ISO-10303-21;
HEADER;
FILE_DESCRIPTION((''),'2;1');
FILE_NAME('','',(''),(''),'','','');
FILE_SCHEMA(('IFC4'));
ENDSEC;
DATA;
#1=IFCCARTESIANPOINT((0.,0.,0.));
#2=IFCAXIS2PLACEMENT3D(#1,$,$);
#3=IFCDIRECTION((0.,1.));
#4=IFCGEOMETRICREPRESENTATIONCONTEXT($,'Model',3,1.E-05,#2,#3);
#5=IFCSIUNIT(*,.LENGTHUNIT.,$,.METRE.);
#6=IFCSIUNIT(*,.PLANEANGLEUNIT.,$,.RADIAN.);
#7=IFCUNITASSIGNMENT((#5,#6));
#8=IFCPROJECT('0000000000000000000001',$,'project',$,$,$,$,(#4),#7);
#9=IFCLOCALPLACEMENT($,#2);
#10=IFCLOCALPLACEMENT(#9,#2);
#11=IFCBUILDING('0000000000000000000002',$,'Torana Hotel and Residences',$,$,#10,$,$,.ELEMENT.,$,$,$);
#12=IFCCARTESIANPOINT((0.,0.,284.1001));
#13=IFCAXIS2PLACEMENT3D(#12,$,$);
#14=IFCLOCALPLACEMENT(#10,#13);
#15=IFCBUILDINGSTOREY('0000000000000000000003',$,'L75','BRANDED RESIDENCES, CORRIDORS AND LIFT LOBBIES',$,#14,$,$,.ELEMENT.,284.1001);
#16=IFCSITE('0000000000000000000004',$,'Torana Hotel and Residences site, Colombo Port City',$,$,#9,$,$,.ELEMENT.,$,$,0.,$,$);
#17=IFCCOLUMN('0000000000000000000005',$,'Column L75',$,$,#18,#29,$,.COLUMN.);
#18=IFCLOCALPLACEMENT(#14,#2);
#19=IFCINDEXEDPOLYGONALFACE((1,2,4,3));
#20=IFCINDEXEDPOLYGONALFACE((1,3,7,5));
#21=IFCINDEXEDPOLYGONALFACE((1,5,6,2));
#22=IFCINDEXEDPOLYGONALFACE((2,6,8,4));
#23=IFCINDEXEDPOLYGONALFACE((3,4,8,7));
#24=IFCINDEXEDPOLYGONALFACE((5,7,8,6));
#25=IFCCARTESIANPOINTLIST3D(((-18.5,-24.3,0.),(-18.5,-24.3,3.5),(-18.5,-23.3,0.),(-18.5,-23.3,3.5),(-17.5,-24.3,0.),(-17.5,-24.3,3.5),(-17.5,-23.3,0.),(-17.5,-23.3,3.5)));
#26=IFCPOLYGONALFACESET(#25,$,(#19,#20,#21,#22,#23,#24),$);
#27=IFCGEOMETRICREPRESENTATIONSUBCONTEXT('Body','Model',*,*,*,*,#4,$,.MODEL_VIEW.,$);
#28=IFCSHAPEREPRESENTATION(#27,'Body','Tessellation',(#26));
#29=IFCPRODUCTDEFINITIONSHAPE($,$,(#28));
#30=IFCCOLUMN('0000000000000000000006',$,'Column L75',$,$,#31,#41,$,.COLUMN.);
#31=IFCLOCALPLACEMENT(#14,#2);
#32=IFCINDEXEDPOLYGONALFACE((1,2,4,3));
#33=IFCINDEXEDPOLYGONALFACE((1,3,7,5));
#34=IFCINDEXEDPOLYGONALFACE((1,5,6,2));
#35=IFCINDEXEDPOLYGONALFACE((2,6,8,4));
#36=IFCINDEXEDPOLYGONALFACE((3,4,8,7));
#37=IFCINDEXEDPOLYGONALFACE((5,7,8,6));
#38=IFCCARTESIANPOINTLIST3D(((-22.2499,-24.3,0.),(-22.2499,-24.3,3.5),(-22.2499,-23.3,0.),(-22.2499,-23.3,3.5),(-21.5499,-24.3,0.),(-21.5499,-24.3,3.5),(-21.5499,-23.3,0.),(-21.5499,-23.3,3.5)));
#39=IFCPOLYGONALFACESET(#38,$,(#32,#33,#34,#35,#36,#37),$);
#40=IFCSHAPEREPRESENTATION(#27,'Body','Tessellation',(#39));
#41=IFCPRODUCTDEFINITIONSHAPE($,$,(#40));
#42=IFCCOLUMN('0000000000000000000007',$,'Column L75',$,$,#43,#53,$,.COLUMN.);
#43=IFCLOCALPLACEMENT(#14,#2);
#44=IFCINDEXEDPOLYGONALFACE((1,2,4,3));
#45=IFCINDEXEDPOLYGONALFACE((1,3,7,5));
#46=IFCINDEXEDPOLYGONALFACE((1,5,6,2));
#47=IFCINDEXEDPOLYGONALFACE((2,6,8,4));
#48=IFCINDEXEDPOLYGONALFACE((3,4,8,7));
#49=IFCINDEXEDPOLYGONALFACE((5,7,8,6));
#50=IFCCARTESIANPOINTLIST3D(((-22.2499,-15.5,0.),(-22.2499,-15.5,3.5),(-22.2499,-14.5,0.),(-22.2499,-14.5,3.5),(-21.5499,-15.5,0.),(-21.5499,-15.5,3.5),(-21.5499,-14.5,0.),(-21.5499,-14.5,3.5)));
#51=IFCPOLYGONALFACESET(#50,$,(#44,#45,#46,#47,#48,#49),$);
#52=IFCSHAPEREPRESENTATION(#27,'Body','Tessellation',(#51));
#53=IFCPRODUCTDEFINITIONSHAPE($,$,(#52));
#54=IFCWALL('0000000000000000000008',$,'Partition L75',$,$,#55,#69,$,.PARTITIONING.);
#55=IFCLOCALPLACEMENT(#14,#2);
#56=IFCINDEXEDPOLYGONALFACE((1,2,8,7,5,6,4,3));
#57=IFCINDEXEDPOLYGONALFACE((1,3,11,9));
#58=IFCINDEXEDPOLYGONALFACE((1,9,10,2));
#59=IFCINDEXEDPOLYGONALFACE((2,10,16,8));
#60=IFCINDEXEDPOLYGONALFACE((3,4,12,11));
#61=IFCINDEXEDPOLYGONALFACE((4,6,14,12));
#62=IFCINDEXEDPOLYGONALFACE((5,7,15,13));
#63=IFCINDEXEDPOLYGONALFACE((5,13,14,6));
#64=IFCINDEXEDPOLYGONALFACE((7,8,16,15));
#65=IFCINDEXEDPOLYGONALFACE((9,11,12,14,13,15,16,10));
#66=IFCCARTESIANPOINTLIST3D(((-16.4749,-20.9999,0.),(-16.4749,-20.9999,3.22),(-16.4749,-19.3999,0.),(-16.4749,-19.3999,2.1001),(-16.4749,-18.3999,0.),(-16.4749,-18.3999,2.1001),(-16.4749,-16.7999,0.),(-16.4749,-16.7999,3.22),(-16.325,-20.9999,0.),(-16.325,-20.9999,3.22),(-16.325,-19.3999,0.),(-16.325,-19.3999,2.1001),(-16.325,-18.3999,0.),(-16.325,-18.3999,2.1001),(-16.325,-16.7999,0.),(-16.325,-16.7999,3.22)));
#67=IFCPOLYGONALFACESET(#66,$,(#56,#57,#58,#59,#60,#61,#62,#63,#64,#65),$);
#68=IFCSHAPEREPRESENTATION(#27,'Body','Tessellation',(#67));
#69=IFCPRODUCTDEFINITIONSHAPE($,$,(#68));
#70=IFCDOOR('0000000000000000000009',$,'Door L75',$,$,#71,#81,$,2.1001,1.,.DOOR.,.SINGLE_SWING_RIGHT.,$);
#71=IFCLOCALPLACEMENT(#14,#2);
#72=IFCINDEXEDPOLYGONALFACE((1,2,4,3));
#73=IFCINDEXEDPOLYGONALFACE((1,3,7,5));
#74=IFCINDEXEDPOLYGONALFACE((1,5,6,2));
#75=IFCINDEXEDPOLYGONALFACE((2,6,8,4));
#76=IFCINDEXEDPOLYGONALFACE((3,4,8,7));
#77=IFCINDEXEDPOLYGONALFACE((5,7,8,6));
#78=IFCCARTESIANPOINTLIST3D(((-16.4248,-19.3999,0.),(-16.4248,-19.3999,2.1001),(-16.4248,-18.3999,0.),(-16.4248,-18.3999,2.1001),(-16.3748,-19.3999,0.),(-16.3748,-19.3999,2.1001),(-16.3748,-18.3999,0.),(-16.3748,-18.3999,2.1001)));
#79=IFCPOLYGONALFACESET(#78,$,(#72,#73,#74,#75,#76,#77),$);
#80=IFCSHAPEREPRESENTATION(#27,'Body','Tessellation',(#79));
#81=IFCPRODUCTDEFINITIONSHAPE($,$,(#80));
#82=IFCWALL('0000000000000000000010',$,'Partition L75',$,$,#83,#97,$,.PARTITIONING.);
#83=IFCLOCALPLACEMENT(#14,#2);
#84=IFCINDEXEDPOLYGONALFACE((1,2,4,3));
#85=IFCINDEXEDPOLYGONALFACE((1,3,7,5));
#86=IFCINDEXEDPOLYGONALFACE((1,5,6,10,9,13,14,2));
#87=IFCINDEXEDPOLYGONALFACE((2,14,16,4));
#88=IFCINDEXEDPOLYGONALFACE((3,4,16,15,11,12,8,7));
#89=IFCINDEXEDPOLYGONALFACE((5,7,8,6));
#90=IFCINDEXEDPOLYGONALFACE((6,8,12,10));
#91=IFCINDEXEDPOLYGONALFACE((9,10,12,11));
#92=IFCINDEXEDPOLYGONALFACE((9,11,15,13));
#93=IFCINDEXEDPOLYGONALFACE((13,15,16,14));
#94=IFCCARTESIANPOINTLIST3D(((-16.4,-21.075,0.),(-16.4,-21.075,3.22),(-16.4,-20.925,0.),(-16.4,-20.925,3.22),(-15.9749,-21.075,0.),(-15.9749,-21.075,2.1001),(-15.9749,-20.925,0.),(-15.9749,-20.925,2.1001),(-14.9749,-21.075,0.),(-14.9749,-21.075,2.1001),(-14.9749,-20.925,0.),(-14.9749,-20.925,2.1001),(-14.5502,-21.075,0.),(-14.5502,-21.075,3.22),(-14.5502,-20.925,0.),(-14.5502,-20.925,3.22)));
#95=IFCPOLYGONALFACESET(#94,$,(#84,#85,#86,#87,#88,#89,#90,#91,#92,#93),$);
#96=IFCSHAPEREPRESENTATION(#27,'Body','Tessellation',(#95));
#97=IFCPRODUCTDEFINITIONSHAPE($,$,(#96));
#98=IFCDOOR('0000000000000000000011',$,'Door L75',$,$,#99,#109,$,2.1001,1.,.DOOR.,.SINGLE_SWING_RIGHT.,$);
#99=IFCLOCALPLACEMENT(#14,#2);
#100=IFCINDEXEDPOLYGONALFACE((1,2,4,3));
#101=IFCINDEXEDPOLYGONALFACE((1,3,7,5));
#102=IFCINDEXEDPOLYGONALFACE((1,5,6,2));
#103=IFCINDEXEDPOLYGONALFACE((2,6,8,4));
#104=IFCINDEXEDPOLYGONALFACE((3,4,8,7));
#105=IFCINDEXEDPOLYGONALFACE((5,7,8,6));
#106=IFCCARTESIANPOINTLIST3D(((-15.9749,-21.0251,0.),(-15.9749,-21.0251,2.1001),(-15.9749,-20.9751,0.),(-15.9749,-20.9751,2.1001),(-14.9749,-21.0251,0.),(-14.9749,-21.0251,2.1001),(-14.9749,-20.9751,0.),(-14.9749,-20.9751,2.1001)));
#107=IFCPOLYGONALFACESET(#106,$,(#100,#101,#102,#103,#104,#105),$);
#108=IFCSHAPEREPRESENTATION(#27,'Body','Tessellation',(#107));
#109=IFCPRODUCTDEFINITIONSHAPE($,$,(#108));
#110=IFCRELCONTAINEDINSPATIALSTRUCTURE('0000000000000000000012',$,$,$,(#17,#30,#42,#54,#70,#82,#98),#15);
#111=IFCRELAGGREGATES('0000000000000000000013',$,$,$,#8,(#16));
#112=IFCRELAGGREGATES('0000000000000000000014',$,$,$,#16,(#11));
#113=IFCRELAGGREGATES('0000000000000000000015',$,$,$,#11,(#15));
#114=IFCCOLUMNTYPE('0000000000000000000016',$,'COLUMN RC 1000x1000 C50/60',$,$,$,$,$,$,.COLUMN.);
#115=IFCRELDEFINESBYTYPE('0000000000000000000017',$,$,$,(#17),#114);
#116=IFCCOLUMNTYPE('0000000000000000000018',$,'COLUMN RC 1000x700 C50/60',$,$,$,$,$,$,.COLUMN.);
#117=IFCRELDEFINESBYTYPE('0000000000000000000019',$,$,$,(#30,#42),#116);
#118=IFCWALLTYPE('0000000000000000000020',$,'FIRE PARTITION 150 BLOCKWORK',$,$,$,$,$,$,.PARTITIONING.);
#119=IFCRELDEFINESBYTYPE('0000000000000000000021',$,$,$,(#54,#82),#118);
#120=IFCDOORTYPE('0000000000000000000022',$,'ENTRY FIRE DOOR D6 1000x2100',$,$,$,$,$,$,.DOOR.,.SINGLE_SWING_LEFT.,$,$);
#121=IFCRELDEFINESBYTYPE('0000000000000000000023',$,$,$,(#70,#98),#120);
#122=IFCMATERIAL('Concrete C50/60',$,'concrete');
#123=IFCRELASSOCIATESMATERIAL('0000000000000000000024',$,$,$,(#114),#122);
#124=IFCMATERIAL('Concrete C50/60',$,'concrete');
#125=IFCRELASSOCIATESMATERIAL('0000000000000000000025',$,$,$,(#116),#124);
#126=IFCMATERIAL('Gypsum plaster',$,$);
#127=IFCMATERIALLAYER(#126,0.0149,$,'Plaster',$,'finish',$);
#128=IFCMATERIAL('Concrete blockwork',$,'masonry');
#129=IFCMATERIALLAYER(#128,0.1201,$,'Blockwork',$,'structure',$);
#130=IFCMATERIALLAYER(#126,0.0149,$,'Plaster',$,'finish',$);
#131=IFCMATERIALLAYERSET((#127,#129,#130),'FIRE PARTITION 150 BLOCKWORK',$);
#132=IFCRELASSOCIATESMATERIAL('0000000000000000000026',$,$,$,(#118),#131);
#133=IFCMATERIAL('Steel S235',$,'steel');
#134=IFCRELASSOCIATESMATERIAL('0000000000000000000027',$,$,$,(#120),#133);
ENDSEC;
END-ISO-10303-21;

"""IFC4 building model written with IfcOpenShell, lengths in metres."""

from ifc_helpers import new_model, si_unit, direction, frame, frame_2d, origin, origin_2d, place, context, subcontext, project, spatial, rectangle, extrude, material, layer, layer_set, material_profile, profile_set, type_object, element, fill, save


model = new_model("IFC4")

# Units and contexts
model_context = context("Model", 3, precision=1e-05, world=origin(), true_north=direction((0.0, 1.0)))
body_context = subcontext(model_context, "Body", "Model", "MODEL_VIEW")
ifc_project = project(units=[si_unit("LENGTHUNIT", "METRE"), si_unit("PLANEANGLEUNIT", "RADIAN")], contexts=[model_context])

# Site, building, storey
site_placement = place(None, origin())
site = spatial("IfcSite", under=ifc_project, at=site_placement, Name="Torana Hotel and Residences site, Colombo Port City", CompositionType="ELEMENT", RefElevation=0.0)
building_placement = place(site_placement, origin())
building = spatial("IfcBuilding", under=site, at=building_placement, Name="Torana Hotel and Residences", CompositionType="ELEMENT")
storey_placement = place(building_placement, frame((0.0, 0.0, 284.1001)))
storey = spatial("IfcBuildingStorey", under=building, at=storey_placement, Name="L75", Description="BRANDED RESIDENCES, CORRIDORS AND LIFT LOBBIES", CompositionType="ELEMENT", Elevation=284.1001)

# Columns
ifc_material_1 = material(Name="Concrete C50/60", Category="concrete")
ifc_material_profile_1 = material_profile(ifc_material_1, rectangle(XDim=1.0, YDim=1.0, at=origin_2d()), Name="RC 1000x1000")
ifc_profile_set_1 = profile_set([ifc_material_profile_1], Name="Concrete C50/60")
column_type_1 = type_object("IfcColumnType", Name="COLUMN RC 1000x1000 C50/60", PredefinedType="COLUMN", material=ifc_profile_set_1)
column_placement = place(storey_placement, frame((-18.0, -23.8, 0.0), z_axis=(0.0, 0.0, 1.0), x_axis=(1.0, 0.0, 0.0)))
element("IfcColumn", 1, at=column_placement, inside=storey, type_object=column_type_1, Name="Column L75", PredefinedType="COLUMN", context=body_context, shape_type="SweptSolid", body=[
    extrude(rectangle(XDim=1.0, YDim=1.0, at=origin_2d()), origin(), (0.0, 0.0, 1.0), 3.5),
])
ifc_material_2 = material(Name="Concrete C50/60", Category="concrete")
ifc_material_profile_2 = material_profile(ifc_material_2, rectangle(XDim=1.0, YDim=0.7, at=origin_2d()), Name="RC 1000x700")
ifc_profile_set_2 = profile_set([ifc_material_profile_2], Name="Concrete C50/60")
column_type_2 = type_object("IfcColumnType", Name="COLUMN RC 1000x700 C50/60", PredefinedType="COLUMN", material=ifc_profile_set_2)
for number, where, z_axis, x_axis, name in (
    (2, (-21.8999, -23.8, 0.0), (0.0, 0.0, 1.0), (0.0, 1.0, 0.0), "Column L75"),
    (3, (-21.8999, -15.0, 0.0), (0.0, 0.0, 1.0), (0.0, 1.0, 0.0), "Column L75"),
):
    element("IfcColumn", number, at=place(storey_placement, frame(where, z_axis=z_axis, x_axis=x_axis)), inside=storey, type_object=column_type_2, Name=name, PredefinedType="COLUMN", context=body_context, shape_type="SweptSolid", body=[
        extrude(rectangle(XDim=1.0, YDim=0.7, at=origin_2d()), origin(), (0.0, 0.0, 1.0), 3.5),
    ])

# Walls, openings, doors
ifc_material_3 = material(Name="Gypsum plaster")
ifc_layer_1 = layer(ifc_material_3, 0.0149, Name="Plaster", Category="finish")
ifc_material_4 = material(Name="Concrete blockwork", Category="masonry")
ifc_layer_2 = layer(ifc_material_4, 0.1201, Name="Blockwork", Category="structure")
ifc_layer_3 = layer(ifc_material_3, 0.0149, Name="Plaster", Category="finish")
ifc_layer_set_1 = layer_set([ifc_layer_1, ifc_layer_2, ifc_layer_3], Name="FIRE PARTITION 150 BLOCKWORK")
wall_type_1 = type_object("IfcWallType", Name="FIRE PARTITION 150 BLOCKWORK", PredefinedType="PARTITIONING", material=ifc_layer_set_1)
wall_1_placement = place(storey_placement, frame((-16.3999, -21.0, 0.0), z_axis=(0.0, 0.0, 1.0), x_axis=(0.0, 1.0, 0.0)))
wall_1 = element("IfcWall", 4, at=wall_1_placement, inside=storey, type_object=wall_type_1, Name="Partition L75", PredefinedType="PARTITIONING", context=body_context, shape_type="SweptSolid", body=[
    extrude(rectangle(XDim=4.2, YDim=0.1499, at=frame_2d((2.1001, 0.0))), origin(), (0.0, 0.0, 1.0), 3.22),
])
opening_1_placement = place(wall_1_placement, frame((1.6001, 0.0, 0.0)))
opening_1 = element("IfcOpeningElement", 5, at=opening_1_placement, cuts=wall_1, PredefinedType="OPENING", context=body_context, shape_type="SweptSolid", body=[
    extrude(rectangle(XDim=1.0, YDim=2.1001, at=frame_2d((0.5, 1.05))), frame((0.0, 0.085, 0.0), z_axis=(0.0, -1.0, 0.0), x_axis=(1.0, 0.0, 0.0)), (0.0, 0.0, 1.0), 0.1699),
])
ifc_material_5 = material(Name="Steel S235", Category="steel")
door_type_1 = type_object("IfcDoorType", Name="ENTRY FIRE DOOR D6 1000x2100", OperationType="SINGLE_SWING_LEFT", PredefinedType="DOOR", material=ifc_material_5)
door_1_placement = place(opening_1_placement, origin())
door_1 = element("IfcDoor", 6, at=door_1_placement, inside=storey, type_object=door_type_1, Name="Door L75", OperationType="SINGLE_SWING_RIGHT", OverallHeight=2.1001, OverallWidth=1.0, PredefinedType="DOOR", context=body_context, shape_type="SweptSolid", body=[
    extrude(rectangle(XDim=1.0, YDim=2.1001, at=frame_2d((0.5, 1.05))), frame((0.0, 0.0249, 0.0), z_axis=(0.0, -1.0, 0.0), x_axis=(1.0, 0.0, 0.0)), (0.0, 0.0, 1.0), 0.05),
])
fill(opening_1, door_1)
wall_2_placement = place(storey_placement, frame((-16.3999, -21.0, 0.0), z_axis=(0.0, 0.0, 1.0), x_axis=(1.0, 0.0, 0.0)))
wall_2 = element("IfcWall", 7, at=wall_2_placement, inside=storey, type_object=wall_type_1, Name="Partition L75", PredefinedType="PARTITIONING", context=body_context, shape_type="SweptSolid", body=[
    extrude(rectangle(XDim=1.8499, YDim=0.1499, at=frame_2d((0.9248, 0.0))), origin(), (0.0, 0.0, 1.0), 3.22),
])
opening_2_placement = place(wall_2_placement, frame((0.425, 0.0, 0.0)))
opening_2 = element("IfcOpeningElement", 8, at=opening_2_placement, cuts=wall_2, PredefinedType="OPENING", context=body_context, shape_type="SweptSolid", body=[
    extrude(rectangle(XDim=1.0, YDim=2.1001, at=frame_2d((0.5, 1.05))), frame((0.0, 0.085, 0.0), z_axis=(0.0, -1.0, 0.0), x_axis=(1.0, 0.0, 0.0)), (0.0, 0.0, 1.0), 0.1699),
])
door_2_placement = place(opening_2_placement, frame((0.5, 0.0, 0.0), z_axis=(0.0, 0.0, 1.0), x_axis=(-1.0, 0.0, 0.0)))
door_2 = element("IfcDoor", 9, at=door_2_placement, inside=storey, type_object=door_type_1, Name="Door L75", OperationType="SINGLE_SWING_RIGHT", OverallHeight=2.1001, OverallWidth=1.0, PredefinedType="DOOR", context=body_context, shape_type="SweptSolid", body=[
    extrude(rectangle(XDim=1.0, YDim=2.1001, at=frame_2d((0.0, 1.05))), frame((0.0, -0.0249, 0.0), z_axis=(0.0, 1.0, 0.0), x_axis=(-1.0, 0.0, 0.0)), (0.0, 0.0, 1.0), 0.05),
])
fill(opening_2, door_2)

save(model, "model.ifc")
